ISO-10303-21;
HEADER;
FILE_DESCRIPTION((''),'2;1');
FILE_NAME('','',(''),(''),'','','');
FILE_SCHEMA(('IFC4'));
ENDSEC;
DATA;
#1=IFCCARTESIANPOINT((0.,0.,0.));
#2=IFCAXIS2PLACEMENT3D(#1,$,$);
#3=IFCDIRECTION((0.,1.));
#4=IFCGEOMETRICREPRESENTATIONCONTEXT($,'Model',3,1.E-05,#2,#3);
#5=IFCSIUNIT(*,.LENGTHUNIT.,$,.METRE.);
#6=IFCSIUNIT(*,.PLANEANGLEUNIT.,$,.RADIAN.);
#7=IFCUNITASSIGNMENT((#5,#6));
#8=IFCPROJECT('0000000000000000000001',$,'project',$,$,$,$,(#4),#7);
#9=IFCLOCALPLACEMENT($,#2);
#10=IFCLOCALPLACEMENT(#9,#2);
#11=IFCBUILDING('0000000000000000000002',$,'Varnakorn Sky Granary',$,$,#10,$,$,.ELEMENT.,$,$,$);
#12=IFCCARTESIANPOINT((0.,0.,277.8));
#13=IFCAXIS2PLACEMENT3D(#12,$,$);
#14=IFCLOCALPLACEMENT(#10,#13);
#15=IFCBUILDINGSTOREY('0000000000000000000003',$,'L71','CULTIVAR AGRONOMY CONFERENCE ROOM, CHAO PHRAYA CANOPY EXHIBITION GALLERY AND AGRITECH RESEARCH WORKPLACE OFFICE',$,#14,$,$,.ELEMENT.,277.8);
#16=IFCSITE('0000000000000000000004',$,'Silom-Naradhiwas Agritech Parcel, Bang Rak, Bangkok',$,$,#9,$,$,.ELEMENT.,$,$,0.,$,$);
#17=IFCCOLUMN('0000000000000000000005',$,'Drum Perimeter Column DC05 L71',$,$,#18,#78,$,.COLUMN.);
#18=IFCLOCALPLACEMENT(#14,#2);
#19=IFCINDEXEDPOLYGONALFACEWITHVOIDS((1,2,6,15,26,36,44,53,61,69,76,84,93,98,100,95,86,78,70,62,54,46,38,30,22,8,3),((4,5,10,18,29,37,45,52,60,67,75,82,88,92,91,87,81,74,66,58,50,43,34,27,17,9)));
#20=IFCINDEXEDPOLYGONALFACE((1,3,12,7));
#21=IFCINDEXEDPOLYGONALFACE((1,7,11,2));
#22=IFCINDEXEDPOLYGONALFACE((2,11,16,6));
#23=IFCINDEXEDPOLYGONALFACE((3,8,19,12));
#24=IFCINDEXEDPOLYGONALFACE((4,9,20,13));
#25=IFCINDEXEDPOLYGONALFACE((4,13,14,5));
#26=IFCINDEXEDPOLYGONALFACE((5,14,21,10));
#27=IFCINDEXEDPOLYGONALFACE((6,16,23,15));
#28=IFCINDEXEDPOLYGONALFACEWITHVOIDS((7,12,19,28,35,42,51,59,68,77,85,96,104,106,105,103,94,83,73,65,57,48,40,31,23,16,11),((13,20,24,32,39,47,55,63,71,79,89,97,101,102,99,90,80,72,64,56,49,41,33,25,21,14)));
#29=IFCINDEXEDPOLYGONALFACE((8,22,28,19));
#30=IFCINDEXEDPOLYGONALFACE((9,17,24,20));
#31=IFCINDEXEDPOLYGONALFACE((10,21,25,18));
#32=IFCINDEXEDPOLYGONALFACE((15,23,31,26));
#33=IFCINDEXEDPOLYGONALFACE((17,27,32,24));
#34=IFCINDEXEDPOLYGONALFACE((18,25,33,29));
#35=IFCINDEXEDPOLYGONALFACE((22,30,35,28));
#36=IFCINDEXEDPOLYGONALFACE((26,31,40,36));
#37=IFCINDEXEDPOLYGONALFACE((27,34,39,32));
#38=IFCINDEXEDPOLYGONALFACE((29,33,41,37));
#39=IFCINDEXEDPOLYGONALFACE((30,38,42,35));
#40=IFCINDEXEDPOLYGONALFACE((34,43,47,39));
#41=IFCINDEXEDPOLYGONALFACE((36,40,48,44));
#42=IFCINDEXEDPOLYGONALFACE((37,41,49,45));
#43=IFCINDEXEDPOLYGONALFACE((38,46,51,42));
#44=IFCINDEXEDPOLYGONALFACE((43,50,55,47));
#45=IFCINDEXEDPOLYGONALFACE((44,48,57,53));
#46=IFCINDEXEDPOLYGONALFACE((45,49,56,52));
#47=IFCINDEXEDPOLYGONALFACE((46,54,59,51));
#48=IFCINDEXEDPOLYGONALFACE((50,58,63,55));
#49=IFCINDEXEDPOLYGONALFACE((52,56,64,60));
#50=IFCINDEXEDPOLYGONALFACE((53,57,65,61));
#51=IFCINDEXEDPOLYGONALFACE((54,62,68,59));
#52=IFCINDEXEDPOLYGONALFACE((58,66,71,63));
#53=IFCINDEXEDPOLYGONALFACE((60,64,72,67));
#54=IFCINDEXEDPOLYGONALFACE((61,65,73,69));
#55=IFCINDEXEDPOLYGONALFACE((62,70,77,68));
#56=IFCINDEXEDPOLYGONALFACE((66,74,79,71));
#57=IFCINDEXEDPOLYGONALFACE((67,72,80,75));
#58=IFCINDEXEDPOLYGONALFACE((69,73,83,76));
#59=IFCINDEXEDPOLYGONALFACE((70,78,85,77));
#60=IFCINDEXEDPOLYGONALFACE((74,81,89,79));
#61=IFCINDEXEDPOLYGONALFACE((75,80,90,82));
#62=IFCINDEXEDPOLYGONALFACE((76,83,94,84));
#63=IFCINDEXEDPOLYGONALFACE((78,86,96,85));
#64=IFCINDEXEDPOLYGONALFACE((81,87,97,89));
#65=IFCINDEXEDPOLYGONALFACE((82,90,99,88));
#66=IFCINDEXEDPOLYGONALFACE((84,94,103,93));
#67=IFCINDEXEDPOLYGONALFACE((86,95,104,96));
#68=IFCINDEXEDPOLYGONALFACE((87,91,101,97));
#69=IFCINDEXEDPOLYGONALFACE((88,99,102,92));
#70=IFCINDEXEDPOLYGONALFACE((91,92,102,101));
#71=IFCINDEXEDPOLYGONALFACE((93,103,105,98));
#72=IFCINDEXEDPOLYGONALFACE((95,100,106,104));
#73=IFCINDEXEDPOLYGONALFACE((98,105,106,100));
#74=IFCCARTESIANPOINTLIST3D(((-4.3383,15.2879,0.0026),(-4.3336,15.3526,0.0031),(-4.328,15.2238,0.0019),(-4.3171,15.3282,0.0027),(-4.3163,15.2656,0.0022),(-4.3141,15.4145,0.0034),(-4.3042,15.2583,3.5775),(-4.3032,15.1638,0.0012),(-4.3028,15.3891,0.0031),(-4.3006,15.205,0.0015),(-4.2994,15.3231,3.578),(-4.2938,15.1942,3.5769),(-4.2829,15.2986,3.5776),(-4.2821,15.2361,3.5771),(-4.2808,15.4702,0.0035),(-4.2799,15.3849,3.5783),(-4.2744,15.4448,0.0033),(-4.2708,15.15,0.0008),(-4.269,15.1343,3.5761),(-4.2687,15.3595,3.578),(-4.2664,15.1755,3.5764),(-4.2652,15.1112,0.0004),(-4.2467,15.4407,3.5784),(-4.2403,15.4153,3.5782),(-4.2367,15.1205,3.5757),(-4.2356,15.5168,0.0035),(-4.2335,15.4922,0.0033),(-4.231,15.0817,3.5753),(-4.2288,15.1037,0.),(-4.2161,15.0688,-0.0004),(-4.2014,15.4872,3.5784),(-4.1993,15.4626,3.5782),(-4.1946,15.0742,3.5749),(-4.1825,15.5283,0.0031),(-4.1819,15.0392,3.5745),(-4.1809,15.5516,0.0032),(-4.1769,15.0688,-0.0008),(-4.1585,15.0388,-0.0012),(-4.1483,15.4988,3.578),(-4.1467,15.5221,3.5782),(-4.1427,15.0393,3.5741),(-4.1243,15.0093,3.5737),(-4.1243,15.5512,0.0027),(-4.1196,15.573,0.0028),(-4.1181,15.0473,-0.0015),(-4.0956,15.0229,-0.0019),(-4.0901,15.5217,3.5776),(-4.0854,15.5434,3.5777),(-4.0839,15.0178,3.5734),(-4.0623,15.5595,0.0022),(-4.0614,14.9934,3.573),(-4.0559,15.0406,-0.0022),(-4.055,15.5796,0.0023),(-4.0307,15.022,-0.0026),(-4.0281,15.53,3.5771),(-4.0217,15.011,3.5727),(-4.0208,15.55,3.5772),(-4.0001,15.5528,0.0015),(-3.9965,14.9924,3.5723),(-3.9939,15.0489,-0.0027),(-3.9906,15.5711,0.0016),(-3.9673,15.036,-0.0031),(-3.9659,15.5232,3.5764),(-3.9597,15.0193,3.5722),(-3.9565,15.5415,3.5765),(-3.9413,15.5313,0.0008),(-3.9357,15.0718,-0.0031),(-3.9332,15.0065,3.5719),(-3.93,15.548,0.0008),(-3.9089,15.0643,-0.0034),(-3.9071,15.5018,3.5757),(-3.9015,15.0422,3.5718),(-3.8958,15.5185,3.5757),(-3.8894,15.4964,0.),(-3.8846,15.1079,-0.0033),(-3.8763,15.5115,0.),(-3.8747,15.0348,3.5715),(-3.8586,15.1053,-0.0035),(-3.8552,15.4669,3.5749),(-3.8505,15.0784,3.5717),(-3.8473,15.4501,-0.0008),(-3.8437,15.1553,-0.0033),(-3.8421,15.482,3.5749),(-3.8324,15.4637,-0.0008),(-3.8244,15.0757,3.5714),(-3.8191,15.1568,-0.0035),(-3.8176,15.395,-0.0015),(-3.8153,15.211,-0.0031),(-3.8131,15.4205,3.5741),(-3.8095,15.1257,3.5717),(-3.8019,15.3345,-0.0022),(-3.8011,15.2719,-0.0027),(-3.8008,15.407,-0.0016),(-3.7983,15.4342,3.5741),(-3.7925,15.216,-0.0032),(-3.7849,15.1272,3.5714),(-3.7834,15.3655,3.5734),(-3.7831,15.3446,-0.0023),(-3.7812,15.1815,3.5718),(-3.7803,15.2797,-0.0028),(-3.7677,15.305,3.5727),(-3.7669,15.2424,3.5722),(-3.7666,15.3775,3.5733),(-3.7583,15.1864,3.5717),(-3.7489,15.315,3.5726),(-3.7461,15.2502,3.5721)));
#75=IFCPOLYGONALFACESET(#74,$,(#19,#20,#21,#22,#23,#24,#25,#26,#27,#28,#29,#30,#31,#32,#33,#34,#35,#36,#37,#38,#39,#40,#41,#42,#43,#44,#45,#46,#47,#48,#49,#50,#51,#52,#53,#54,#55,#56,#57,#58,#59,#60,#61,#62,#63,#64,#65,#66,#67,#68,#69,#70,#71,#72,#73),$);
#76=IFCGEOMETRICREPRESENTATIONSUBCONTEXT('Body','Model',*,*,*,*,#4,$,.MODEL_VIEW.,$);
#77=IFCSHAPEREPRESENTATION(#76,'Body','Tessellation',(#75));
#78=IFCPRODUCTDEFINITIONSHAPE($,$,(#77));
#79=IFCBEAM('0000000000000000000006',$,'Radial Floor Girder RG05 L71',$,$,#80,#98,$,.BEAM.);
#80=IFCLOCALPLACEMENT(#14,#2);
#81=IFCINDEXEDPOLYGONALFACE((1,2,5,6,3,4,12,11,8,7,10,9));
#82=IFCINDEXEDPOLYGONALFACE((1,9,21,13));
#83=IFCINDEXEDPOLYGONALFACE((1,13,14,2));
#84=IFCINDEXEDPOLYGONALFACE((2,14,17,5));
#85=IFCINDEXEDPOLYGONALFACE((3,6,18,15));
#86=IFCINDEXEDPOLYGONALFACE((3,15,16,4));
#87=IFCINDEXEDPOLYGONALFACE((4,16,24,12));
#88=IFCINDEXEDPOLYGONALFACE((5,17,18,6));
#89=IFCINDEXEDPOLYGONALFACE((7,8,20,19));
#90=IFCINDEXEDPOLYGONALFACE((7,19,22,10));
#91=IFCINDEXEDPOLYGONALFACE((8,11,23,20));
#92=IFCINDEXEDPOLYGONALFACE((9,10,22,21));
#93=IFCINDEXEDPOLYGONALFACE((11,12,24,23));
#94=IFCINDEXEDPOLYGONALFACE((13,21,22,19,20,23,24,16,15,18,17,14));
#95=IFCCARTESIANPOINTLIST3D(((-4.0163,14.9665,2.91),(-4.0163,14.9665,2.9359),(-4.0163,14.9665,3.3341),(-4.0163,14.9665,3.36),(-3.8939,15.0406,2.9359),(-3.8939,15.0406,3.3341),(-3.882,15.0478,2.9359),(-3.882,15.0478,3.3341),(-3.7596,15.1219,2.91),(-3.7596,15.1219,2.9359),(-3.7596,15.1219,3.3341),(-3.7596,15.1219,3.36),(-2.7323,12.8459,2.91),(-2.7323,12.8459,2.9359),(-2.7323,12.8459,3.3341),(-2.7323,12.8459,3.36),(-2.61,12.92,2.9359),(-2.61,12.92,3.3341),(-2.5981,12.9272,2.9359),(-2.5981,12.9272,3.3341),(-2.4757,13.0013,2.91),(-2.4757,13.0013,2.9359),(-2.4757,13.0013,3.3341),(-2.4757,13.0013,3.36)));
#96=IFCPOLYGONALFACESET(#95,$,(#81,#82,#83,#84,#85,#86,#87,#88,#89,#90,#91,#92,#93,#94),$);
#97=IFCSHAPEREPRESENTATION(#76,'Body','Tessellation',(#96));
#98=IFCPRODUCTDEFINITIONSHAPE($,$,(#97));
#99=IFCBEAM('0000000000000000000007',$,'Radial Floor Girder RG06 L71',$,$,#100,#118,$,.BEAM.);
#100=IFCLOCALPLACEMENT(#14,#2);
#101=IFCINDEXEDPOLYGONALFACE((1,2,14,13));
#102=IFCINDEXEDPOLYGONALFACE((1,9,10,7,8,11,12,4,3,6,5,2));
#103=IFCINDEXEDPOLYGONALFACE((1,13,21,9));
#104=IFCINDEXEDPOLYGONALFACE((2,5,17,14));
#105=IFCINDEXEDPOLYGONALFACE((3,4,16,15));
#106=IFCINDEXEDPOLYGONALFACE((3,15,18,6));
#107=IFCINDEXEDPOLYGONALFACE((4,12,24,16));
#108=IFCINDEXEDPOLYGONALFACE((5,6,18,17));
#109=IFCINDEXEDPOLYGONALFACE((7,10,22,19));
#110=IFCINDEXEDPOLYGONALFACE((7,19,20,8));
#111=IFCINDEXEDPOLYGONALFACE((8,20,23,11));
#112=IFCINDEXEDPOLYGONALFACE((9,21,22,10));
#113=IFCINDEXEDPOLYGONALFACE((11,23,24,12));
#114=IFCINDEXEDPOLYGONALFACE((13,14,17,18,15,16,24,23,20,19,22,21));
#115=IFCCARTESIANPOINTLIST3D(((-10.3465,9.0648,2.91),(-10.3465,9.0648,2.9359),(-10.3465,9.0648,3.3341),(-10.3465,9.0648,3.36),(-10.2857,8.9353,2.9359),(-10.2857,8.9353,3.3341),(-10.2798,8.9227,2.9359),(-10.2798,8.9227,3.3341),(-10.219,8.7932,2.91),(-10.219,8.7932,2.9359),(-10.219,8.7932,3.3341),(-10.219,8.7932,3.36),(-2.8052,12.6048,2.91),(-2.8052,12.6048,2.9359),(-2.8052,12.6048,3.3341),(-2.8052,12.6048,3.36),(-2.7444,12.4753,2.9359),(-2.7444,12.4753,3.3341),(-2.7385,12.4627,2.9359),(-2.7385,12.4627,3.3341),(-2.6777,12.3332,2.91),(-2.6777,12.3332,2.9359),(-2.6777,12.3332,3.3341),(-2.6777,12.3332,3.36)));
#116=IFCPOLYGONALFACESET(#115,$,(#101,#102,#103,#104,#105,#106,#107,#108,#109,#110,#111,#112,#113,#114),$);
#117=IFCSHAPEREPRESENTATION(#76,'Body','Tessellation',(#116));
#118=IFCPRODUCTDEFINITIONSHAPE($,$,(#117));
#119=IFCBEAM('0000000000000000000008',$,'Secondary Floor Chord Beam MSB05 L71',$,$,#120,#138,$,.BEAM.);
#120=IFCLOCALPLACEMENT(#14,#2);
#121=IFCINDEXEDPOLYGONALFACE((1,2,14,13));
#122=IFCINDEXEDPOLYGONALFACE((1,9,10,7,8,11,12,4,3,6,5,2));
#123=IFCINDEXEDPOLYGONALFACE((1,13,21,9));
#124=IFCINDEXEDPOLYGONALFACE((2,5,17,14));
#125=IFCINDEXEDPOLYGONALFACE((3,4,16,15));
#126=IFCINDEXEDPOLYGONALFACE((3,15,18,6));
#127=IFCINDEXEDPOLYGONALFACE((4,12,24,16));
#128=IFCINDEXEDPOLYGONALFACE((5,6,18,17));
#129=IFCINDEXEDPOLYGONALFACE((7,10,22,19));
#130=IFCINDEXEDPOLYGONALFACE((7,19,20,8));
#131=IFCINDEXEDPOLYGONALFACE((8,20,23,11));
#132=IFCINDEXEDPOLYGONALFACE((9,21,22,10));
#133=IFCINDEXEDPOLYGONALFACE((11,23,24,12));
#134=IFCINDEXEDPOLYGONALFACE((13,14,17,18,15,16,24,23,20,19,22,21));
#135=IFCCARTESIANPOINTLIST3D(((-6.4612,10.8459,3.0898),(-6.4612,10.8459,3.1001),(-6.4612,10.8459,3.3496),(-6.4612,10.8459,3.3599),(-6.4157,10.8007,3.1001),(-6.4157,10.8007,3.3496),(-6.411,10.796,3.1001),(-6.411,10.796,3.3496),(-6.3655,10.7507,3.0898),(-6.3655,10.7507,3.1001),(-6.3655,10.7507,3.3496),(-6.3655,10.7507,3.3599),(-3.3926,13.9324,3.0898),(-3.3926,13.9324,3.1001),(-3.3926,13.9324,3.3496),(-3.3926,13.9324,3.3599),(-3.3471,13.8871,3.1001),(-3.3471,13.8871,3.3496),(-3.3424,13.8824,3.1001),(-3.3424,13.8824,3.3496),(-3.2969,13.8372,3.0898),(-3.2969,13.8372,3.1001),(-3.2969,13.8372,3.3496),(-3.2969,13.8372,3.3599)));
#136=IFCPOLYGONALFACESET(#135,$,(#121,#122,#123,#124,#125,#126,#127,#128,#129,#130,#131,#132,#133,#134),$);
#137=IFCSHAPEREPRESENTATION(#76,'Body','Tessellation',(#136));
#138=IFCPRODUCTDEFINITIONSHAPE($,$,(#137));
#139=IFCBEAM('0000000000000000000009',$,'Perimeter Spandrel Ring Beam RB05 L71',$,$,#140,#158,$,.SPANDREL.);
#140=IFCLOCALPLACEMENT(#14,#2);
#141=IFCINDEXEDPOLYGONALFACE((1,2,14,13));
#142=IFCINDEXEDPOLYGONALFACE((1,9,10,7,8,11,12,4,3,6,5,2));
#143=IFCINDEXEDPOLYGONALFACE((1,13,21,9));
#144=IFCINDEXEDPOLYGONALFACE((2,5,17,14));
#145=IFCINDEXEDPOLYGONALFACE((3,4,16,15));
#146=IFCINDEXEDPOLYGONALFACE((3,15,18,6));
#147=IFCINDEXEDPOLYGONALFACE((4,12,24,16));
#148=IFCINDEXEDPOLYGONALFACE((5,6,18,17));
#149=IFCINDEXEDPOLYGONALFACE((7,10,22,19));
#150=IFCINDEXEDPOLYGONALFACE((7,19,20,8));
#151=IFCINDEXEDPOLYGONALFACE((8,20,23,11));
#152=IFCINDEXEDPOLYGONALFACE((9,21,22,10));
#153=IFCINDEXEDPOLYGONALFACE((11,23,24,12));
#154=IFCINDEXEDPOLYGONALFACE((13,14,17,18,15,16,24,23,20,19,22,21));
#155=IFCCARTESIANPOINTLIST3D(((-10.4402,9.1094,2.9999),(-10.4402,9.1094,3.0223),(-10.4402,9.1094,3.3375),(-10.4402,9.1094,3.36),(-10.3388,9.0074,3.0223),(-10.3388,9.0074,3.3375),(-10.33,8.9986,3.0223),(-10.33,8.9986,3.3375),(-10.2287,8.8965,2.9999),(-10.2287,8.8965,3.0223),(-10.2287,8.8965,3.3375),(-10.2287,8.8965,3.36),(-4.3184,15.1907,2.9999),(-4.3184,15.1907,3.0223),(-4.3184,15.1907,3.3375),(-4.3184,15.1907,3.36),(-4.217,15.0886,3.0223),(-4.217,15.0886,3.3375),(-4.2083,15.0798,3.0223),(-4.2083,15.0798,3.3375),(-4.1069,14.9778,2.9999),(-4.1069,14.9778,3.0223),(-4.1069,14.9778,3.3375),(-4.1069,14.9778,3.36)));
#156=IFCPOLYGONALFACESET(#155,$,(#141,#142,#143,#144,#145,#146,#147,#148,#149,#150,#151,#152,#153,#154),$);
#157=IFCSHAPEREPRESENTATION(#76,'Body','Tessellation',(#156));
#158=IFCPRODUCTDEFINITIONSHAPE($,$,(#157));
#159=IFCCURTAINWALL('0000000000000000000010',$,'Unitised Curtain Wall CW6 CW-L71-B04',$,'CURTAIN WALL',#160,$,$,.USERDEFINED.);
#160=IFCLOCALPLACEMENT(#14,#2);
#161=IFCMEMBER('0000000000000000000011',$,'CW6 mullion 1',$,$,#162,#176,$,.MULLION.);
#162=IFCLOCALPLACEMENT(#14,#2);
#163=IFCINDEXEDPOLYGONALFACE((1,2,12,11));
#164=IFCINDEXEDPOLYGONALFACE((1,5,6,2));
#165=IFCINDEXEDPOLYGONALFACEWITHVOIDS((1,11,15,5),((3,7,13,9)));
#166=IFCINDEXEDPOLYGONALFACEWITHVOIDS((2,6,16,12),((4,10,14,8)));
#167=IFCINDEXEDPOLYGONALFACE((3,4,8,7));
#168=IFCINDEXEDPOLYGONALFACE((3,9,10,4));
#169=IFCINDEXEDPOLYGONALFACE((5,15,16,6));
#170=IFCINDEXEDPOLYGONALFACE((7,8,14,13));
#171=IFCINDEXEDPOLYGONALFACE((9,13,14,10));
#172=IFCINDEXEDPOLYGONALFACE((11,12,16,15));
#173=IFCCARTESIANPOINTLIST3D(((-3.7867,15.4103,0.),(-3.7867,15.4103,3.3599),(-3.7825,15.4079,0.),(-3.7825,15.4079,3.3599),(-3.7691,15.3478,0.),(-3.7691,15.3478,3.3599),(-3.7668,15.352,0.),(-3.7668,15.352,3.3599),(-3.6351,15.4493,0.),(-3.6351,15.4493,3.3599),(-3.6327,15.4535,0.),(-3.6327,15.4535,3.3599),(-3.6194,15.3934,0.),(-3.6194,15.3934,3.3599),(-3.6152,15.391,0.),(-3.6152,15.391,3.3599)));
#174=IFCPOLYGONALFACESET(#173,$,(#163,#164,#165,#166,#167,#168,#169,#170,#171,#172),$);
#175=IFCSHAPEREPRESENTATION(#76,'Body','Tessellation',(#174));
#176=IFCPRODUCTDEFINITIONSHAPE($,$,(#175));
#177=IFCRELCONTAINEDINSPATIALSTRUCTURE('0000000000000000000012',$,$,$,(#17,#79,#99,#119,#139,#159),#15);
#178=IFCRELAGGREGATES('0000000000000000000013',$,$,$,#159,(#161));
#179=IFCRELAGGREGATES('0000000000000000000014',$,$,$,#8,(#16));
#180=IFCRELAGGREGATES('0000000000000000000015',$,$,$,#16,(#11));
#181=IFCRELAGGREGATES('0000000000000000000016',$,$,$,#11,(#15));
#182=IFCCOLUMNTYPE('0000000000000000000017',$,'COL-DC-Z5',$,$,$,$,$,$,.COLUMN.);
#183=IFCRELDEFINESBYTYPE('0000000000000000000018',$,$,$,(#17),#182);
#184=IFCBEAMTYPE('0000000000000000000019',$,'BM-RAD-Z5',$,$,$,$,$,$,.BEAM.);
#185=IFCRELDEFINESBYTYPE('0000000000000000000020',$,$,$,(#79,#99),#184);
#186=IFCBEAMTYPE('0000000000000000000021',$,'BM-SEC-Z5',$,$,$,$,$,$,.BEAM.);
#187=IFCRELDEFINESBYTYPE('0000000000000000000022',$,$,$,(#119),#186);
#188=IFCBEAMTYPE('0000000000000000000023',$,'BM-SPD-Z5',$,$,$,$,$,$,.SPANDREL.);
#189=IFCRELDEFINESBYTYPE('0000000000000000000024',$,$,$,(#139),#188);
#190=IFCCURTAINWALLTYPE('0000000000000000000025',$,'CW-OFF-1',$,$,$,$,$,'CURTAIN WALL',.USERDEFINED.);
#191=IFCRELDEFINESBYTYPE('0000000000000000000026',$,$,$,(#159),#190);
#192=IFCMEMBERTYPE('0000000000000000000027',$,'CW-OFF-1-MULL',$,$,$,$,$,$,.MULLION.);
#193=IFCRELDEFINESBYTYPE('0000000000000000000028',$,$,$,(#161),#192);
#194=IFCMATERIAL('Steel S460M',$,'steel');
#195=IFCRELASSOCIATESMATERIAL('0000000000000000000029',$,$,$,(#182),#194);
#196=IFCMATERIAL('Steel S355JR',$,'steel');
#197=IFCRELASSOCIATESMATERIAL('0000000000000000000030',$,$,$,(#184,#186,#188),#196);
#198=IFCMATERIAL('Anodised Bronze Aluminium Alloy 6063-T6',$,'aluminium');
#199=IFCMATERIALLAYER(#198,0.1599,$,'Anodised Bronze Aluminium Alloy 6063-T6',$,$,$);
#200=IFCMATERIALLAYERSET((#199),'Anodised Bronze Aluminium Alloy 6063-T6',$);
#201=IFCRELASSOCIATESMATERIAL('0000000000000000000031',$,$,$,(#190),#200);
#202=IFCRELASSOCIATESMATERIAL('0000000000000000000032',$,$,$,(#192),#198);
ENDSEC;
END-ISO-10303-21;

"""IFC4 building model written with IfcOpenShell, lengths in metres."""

from ifc_helpers import new_model, si_unit, direction, frame, origin, origin_2d, place, context, subcontext, project, spatial, hollow_rectangle, hollow_circle, i_section, extrude, material, layer, layer_set, material_profile, profile_set, type_object, element, aggregate, save


model = new_model("IFC4")

# Units and contexts
model_context = context("Model", 3, precision=1e-05, world=origin(), true_north=direction((0.0, 1.0)))
body_context = subcontext(model_context, "Body", "Model", "MODEL_VIEW")
ifc_project = project(units=[si_unit("LENGTHUNIT", "METRE"), si_unit("PLANEANGLEUNIT", "RADIAN")], contexts=[model_context])

# Site, building, storey
site_placement = place(None, origin())
site = spatial("IfcSite", under=ifc_project, at=site_placement, Name="Silom-Naradhiwas Agritech Parcel, Bang Rak, Bangkok", CompositionType="ELEMENT", RefElevation=0.0)
building_placement = place(site_placement, origin())
building = spatial("IfcBuilding", under=site, at=building_placement, Name="Varnakorn Sky Granary", CompositionType="ELEMENT")
storey_placement = place(building_placement, frame((0.0, 0.0, 277.8)))
storey = spatial("IfcBuildingStorey", under=building, at=storey_placement, Name="L71", Description="CULTIVAR AGRONOMY CONFERENCE ROOM, CHAO PHRAYA CANOPY EXHIBITION GALLERY AND AGRITECH RESEARCH WORKPLACE OFFICE", CompositionType="ELEMENT", Elevation=277.8)

# Column
ifc_material_1 = material(Name="Steel S460M", Category="steel")
ifc_material_profile_1 = material_profile(ifc_material_1, hollow_circle(Radius=0.2795, WallThickness=0.02, at=origin_2d()), Name="CHS 559x20")
ifc_profile_set_1 = profile_set([ifc_material_profile_1], Name="Steel S460M")
column_type = type_object("IfcColumnType", Name="COL-DC-Z5", PredefinedType="COLUMN", material=ifc_profile_set_1)
column_placement = place(storey_placement, frame((-4.0591, 15.3, 0.0), z_axis=(0.00956, -0.008263, 0.99992), x_axis=(0.653901, 0.75658, 0.0)))
element("IfcColumn", 1, at=column_placement, inside=storey, type_object=column_type, Name="Drum Perimeter Column DC05 L71", PredefinedType="COLUMN", context=body_context, shape_type="SweptSolid", body=[
    extrude(hollow_circle(Radius=0.2795, WallThickness=0.02, at=origin_2d()), origin(), (0.0, 0.0, 1.0), 3.5752),
])

# Beams
ifc_material_2 = material(Name="Steel S355JR", Category="steel")
ifc_material_profile_2 = material_profile(ifc_material_2, i_section(OverallWidth=0.3, OverallDepth=0.45, WebThickness=0.0139, FlangeThickness=0.0259, at=origin_2d()), Name="HE 450 B")
ifc_profile_set_2 = profile_set([ifc_material_profile_2], Name="Steel S355JR")
beam_type_1 = type_object("IfcBeamType", Name="BM-RAD-Z5", PredefinedType="BEAM", material=ifc_profile_set_2)
beam_1_placement = place(storey_placement, frame((-2.604, 12.9236, 3.135), z_axis=(-0.517924, 0.855427, 0.0), x_axis=(-0.855427, -0.517924, 0.0)))
element("IfcBeam", 2, at=beam_1_placement, inside=storey, type_object=beam_type_1, Name="Radial Floor Girder RG05 L71", PredefinedType="BEAM", context=body_context, shape_type="SweptSolid", body=[
    extrude(i_section(OverallWidth=0.3, OverallDepth=0.45, WebThickness=0.0139, FlangeThickness=0.0259, at=origin_2d()), origin(), (0.0, 0.0, 1.0), 2.479),
])
beam_2_placement = place(storey_placement, frame((-2.7415, 12.469, 3.135), z_axis=(-0.905225, -0.424933, 0.0), x_axis=(0.424933, -0.905225, 0.0)))
element("IfcBeam", 3, at=beam_2_placement, inside=storey, type_object=beam_type_1, Name="Radial Floor Girder RG06 L71", PredefinedType="BEAM", context=body_context, shape_type="SweptSolid", body=[
    extrude(i_section(OverallWidth=0.3, OverallDepth=0.45, WebThickness=0.0139, FlangeThickness=0.0259, at=origin_2d()), origin(), (0.0, 0.0, 1.0), 8.3308),
])
ifc_material_profile_3 = material_profile(ifc_material_2, i_section(OverallWidth=0.135, OverallDepth=0.27, WebThickness=0.0066, FlangeThickness=0.0103, at=origin_2d()), Name="IPE 270")
ifc_profile_set_3 = profile_set([ifc_material_profile_3], Name="Steel S355JR")
beam_type_2 = type_object("IfcBeamType", Name="BM-SEC-Z5", PredefinedType="BEAM", material=ifc_profile_set_3)
beam_3_placement = place(storey_placement, frame((-3.3447, 13.8848, 3.2249), z_axis=(-0.705056, -0.709151, 0.0), x_axis=(0.709151, -0.705056, 0.0)))
element("IfcBeam", 4, at=beam_3_placement, inside=storey, type_object=beam_type_2, Name="Secondary Floor Chord Beam MSB05 L71", PredefinedType="BEAM", context=body_context, shape_type="SweptSolid", body=[
    extrude(i_section(OverallWidth=0.135, OverallDepth=0.27, WebThickness=0.0066, FlangeThickness=0.0103, at=origin_2d()), origin(), (0.0, 0.0, 1.0), 4.3523),
])
ifc_material_profile_4 = material_profile(ifc_material_2, i_section(OverallWidth=0.3, OverallDepth=0.3601, WebThickness=0.0125, FlangeThickness=0.0225, at=origin_2d()), Name="HE 360 B")
ifc_profile_set_4 = profile_set([ifc_material_profile_4], Name="Steel S355JR")
beam_type_3 = type_object("IfcBeamType", Name="BM-SPD-Z5", PredefinedType="SPANDREL", material=ifc_profile_set_4)
beam_4_placement = place(storey_placement, frame((-4.2126, 15.0842, 3.1799), z_axis=(-0.709451, -0.704755, 0.0), x_axis=(0.704755, -0.709451, 0.0)))
element("IfcBeam", 5, at=beam_4_placement, inside=storey, type_object=beam_type_3, Name="Perimeter Spandrel Ring Beam RB05 L71", PredefinedType="SPANDREL", context=body_context, shape_type="SweptSolid", body=[
    extrude(i_section(OverallWidth=0.3, OverallDepth=0.3601, WebThickness=0.0125, FlangeThickness=0.0225, at=origin_2d()), origin(), (0.0, 0.0, 1.0), 8.6289),
])

# Curtain wall, member
ifc_material_3 = material(Name="Anodised Bronze Aluminium Alloy 6063-T6", Category="aluminium")
ifc_layer_1 = layer(ifc_material_3, 0.1599, Name="Anodised Bronze Aluminium Alloy 6063-T6")
ifc_layer_set_1 = layer_set([ifc_layer_1], Name="Anodised Bronze Aluminium Alloy 6063-T6")
curtain_wall_type = type_object("IfcCurtainWallType", Name="CW-OFF-1", ElementType="CURTAIN WALL", PredefinedType="USERDEFINED", material=ifc_layer_set_1)
curtain_wall_1_placement = place(storey_placement, origin())
curtain_wall_1 = element("IfcCurtainWall", 6, at=curtain_wall_1_placement, inside=storey, type_object=curtain_wall_type, Name="Unitised Curtain Wall CW6 CW-L71-B04", ObjectType="CURTAIN WALL", PredefinedType="USERDEFINED")
ifc_material_profile_5 = material_profile(ifc_material_3, hollow_rectangle(XDim=0.0649, YDim=0.1599, WallThickness=0.0034, at=origin_2d()), Name="ALU MULL 65x160")
ifc_profile_set_5 = profile_set([ifc_material_profile_5], Name="Anodised Bronze Aluminium Alloy 6063-T6")
member_type_1 = type_object("IfcMemberType", Name="CW-OFF-1-MULL", PredefinedType="MULLION", material=ifc_profile_set_5)
member_1_placement = place(storey_placement, frame((-3.7009, 15.4006, 0.0), z_axis=(0.0, 0.0, 1.0), x_axis=(-0.27037, 0.962756, 0.0)))
member_1 = element("IfcMember", 7, at=member_1_placement, type_object=member_type_1, Name="CW6 mullion 1", PredefinedType="MULLION", context=body_context, shape_type="SweptSolid", body=[
    extrude(hollow_rectangle(XDim=0.0649, YDim=0.1599, WallThickness=0.0034, at=origin_2d()), origin(), (0.0, 0.0, 1.0), 3.3599),
])

aggregate(curtain_wall_1, [member_1])

save(model, "model.ifc")
